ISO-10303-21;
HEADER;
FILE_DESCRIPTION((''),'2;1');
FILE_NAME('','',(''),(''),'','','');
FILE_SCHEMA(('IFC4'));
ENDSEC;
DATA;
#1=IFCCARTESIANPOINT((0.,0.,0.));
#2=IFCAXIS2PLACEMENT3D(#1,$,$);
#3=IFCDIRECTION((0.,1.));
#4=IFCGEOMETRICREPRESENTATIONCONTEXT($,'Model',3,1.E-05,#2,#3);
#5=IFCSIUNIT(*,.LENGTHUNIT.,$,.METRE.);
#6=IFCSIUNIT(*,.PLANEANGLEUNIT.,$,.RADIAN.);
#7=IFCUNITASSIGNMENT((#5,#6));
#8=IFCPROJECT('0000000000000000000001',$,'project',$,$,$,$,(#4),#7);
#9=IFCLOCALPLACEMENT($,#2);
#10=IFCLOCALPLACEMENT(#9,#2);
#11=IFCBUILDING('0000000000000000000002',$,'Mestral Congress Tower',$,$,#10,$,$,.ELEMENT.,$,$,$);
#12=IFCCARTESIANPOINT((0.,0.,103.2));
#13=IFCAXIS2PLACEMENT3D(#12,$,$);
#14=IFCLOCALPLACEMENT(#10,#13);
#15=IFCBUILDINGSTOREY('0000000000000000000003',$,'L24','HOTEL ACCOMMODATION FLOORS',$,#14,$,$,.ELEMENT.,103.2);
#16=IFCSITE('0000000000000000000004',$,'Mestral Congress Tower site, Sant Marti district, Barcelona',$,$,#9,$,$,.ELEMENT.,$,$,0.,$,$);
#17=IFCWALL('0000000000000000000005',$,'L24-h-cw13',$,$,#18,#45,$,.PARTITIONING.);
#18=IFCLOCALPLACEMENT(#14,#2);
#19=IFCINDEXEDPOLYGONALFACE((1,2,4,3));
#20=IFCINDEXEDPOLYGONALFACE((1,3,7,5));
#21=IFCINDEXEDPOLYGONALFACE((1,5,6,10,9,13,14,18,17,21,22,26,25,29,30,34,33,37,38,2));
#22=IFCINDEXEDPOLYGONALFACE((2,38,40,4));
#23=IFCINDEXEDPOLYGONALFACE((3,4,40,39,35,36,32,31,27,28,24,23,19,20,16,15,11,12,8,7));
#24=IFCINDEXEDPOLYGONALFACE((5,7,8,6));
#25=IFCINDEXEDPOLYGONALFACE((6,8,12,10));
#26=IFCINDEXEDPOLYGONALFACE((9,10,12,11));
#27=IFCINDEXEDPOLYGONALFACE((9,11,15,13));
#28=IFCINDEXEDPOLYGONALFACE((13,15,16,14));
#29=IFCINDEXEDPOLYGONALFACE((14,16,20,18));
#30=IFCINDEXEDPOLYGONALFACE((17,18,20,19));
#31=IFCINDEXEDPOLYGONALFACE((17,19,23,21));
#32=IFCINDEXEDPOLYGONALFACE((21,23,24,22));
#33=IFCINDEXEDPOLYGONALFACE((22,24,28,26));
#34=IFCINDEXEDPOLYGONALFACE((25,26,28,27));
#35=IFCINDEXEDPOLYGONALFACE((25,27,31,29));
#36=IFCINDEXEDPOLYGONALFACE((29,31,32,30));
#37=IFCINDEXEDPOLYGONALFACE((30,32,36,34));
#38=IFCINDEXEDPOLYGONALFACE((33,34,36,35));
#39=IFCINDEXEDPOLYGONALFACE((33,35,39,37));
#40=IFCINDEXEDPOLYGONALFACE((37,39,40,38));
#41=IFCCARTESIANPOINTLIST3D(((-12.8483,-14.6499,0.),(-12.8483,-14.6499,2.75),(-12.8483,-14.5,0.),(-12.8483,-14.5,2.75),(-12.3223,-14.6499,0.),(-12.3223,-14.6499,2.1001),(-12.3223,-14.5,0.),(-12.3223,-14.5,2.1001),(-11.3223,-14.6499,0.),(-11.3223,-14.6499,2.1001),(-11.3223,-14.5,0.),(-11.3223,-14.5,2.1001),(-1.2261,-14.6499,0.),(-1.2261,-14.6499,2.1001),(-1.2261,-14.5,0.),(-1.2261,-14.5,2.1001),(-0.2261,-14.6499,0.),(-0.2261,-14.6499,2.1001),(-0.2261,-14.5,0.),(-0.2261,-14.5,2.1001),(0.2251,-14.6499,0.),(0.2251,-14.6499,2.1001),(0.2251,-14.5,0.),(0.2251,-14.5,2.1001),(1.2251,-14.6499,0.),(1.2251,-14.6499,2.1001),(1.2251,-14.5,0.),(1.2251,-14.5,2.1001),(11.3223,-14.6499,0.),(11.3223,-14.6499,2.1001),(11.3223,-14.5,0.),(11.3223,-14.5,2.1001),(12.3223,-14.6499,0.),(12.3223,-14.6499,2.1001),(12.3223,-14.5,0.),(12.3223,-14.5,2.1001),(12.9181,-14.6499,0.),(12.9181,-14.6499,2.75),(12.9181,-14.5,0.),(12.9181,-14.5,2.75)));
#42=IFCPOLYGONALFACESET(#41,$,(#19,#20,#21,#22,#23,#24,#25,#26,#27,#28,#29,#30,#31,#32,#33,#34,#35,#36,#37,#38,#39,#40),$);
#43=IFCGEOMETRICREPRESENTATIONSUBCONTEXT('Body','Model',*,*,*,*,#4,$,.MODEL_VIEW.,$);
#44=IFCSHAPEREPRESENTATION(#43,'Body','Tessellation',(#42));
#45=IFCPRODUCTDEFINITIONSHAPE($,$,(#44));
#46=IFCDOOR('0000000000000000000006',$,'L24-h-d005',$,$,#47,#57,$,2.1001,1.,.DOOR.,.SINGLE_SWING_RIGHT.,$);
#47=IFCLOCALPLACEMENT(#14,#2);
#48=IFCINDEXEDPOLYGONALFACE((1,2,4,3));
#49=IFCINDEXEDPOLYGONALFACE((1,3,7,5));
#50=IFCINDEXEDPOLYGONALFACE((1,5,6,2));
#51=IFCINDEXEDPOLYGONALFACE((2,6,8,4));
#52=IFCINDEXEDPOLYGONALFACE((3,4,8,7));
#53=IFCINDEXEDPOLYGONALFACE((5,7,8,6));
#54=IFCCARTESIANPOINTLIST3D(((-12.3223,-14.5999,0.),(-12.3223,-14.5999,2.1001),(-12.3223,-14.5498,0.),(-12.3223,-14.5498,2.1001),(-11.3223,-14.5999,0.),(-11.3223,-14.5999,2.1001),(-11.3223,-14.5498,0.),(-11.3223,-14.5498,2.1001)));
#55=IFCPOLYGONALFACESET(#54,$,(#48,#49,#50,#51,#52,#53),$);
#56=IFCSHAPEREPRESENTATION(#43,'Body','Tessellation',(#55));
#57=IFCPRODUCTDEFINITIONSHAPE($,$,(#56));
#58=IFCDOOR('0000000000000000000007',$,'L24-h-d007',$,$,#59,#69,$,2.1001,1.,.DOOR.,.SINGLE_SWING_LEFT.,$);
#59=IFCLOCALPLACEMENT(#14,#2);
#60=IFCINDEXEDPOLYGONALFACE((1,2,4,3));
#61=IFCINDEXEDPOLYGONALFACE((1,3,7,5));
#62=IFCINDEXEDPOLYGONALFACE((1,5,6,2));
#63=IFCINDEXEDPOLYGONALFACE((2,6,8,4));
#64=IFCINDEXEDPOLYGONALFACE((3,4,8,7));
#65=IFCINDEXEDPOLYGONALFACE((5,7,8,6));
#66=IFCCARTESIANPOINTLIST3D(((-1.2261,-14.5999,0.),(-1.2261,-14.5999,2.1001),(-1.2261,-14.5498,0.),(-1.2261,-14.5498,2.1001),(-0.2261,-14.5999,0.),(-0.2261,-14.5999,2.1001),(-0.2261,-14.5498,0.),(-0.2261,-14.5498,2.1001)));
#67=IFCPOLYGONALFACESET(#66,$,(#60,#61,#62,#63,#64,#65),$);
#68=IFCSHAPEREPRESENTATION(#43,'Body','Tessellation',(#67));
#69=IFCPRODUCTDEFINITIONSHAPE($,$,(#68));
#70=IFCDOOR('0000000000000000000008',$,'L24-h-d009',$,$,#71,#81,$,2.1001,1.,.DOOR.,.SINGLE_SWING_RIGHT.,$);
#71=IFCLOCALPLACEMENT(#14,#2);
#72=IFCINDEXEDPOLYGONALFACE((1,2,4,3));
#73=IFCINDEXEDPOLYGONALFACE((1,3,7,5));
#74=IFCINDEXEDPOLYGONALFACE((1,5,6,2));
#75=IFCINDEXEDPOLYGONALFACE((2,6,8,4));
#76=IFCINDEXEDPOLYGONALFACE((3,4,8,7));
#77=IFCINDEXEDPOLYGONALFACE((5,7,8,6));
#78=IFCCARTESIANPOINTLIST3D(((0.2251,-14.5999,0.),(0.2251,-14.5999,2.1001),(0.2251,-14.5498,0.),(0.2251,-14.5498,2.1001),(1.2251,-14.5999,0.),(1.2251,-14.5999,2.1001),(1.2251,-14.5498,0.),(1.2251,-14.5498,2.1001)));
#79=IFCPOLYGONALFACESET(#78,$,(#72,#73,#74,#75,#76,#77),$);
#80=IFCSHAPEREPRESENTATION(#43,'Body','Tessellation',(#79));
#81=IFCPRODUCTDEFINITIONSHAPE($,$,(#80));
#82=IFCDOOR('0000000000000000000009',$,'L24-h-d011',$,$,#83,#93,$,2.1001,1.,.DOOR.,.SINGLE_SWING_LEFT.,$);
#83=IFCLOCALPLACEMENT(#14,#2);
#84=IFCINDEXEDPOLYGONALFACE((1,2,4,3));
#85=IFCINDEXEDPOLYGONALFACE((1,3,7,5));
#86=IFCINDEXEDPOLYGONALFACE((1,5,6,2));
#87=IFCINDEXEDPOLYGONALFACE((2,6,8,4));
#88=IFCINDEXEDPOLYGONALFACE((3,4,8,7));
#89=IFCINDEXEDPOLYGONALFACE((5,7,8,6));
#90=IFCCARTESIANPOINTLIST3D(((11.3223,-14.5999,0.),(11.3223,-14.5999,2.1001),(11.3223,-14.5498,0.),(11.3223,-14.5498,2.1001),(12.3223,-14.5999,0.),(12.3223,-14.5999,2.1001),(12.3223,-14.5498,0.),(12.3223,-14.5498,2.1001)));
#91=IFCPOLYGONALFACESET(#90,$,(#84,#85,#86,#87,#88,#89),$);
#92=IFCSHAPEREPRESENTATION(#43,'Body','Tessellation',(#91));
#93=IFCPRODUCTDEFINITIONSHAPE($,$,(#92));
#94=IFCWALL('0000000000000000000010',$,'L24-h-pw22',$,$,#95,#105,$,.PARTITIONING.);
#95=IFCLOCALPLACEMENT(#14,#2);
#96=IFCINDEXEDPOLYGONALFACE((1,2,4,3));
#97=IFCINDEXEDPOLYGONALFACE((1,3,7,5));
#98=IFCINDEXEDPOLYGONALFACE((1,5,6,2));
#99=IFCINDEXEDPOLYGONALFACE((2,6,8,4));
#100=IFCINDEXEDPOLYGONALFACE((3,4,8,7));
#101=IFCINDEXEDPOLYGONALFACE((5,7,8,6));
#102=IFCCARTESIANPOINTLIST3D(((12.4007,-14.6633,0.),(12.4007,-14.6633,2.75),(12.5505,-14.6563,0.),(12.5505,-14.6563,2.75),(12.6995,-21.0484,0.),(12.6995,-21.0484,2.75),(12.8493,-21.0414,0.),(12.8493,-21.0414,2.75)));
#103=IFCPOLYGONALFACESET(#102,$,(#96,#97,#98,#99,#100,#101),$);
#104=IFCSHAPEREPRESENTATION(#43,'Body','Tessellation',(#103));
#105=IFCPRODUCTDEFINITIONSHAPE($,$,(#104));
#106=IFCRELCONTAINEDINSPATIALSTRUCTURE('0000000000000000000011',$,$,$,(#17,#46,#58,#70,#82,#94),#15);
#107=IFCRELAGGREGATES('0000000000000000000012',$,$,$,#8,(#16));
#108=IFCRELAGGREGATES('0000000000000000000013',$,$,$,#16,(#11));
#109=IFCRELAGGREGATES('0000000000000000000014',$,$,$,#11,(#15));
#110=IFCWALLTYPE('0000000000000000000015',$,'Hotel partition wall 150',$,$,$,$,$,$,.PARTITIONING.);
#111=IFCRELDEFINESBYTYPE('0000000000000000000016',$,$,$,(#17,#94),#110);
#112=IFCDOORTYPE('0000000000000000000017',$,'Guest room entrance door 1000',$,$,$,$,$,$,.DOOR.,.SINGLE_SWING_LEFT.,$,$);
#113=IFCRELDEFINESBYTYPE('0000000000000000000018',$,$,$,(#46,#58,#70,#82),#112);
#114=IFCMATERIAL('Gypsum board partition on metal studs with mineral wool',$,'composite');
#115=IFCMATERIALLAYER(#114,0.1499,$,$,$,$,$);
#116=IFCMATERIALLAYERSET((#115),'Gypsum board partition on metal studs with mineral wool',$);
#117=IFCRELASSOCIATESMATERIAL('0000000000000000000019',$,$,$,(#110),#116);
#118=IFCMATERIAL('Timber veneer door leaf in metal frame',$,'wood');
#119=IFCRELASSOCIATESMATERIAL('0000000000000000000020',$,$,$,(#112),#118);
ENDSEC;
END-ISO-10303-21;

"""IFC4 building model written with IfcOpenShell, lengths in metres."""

from ifc_helpers import new_model, si_unit, direction, frame, frame_2d, origin, place, context, subcontext, project, spatial, rectangle, extrude, material, layer, layer_set, type_object, element, fill, save


model = new_model("IFC4")

# Units and contexts
model_context = context("Model", 3, precision=1e-05, world=origin(), true_north=direction((0.0, 1.0)))
body_context = subcontext(model_context, "Body", "Model", "MODEL_VIEW")
ifc_project = project(units=[si_unit("LENGTHUNIT", "METRE"), si_unit("PLANEANGLEUNIT", "RADIAN")], contexts=[model_context])

# Site, building, storey
site_placement = place(None, origin())
site = spatial("IfcSite", under=ifc_project, at=site_placement, Name="Mestral Congress Tower site, Sant Marti district, Barcelona", CompositionType="ELEMENT", RefElevation=0.0)
building_placement = place(site_placement, origin())
building = spatial("IfcBuilding", under=site, at=building_placement, Name="Mestral Congress Tower", CompositionType="ELEMENT")
storey_placement = place(building_placement, frame((0.0, 0.0, 103.2)))
storey = spatial("IfcBuildingStorey", under=building, at=storey_placement, Name="L24", Description="HOTEL ACCOMMODATION FLOORS", CompositionType="ELEMENT", Elevation=103.2)

# Shared definitions
ifc_material_1 = material(Name="Gypsum board partition on metal studs with mineral wool", Category="composite")

# Wall, openings, doors
ifc_layer_1 = layer(ifc_material_1, 0.1499)
ifc_layer_set_1 = layer_set([ifc_layer_1], Name="Gypsum board partition on metal studs with mineral wool")
wall_type_1 = type_object("IfcWallType", Name="Hotel partition wall 150", PredefinedType="PARTITIONING", material=ifc_layer_set_1)
wall_1_placement = place(storey_placement, frame((12.9182, -14.575, 0.0), z_axis=(0.0, 0.0, 1.0), x_axis=(-1.0, 0.0, 0.0)))
wall_1 = element("IfcWall", 1, at=wall_1_placement, inside=storey, type_object=wall_type_1, Name="L24-h-cw13", PredefinedType="PARTITIONING", context=body_context, shape_type="SweptSolid", body=[
    extrude(rectangle(XDim=25.7664, YDim=0.1499, at=frame_2d((12.8833, 0.0))), origin(), (0.0, 0.0, 1.0), 2.75),
])
opening_1_placement = place(wall_1_placement, frame((24.2405, 0.0, 0.0)))
opening_1 = element("IfcOpeningElement", 2, at=opening_1_placement, cuts=wall_1, PredefinedType="OPENING", context=body_context, shape_type="SweptSolid", body=[
    extrude(rectangle(XDim=1.0, YDim=2.1001, at=frame_2d((0.5, 1.05))), frame((0.0, 0.085, 0.0), z_axis=(0.0, -1.0, 0.0), x_axis=(1.0, 0.0, 0.0)), (0.0, 0.0, 1.0), 0.1699),
])
opening_2_placement = place(wall_1_placement, frame((13.1443, 0.0, 0.0)))
opening_2 = element("IfcOpeningElement", 3, at=opening_2_placement, cuts=wall_1, PredefinedType="OPENING", context=body_context, shape_type="SweptSolid", body=[
    extrude(rectangle(XDim=1.0, YDim=2.1001, at=frame_2d((0.5, 1.05))), frame((0.0, 0.085, 0.0), z_axis=(0.0, -1.0, 0.0), x_axis=(1.0, 0.0, 0.0)), (0.0, 0.0, 1.0), 0.1699),
])
opening_3_placement = place(wall_1_placement, frame((11.6931, 0.0, 0.0)))
opening_3 = element("IfcOpeningElement", 4, at=opening_3_placement, cuts=wall_1, PredefinedType="OPENING", context=body_context, shape_type="SweptSolid", body=[
    extrude(rectangle(XDim=1.0, YDim=2.1001, at=frame_2d((0.5, 1.05))), frame((0.0, 0.085, 0.0), z_axis=(0.0, -1.0, 0.0), x_axis=(1.0, 0.0, 0.0)), (0.0, 0.0, 1.0), 0.1699),
])
opening_4_placement = place(wall_1_placement, frame((0.5959, 0.0, 0.0)))
opening_4 = element("IfcOpeningElement", 5, at=opening_4_placement, cuts=wall_1, PredefinedType="OPENING", context=body_context, shape_type="SweptSolid", body=[
    extrude(rectangle(XDim=1.0, YDim=2.1001, at=frame_2d((0.5, 1.05))), frame((0.0, 0.085, 0.0), z_axis=(0.0, -1.0, 0.0), x_axis=(1.0, 0.0, 0.0)), (0.0, 0.0, 1.0), 0.1699),
])
ifc_material_2 = material(Name="Timber veneer door leaf in metal frame", Category="wood")
door_type_1 = type_object("IfcDoorType", Name="Guest room entrance door 1000", OperationType="SINGLE_SWING_LEFT", PredefinedType="DOOR", material=ifc_material_2)
door_1_placement = place(opening_1_placement, origin())
door_1 = element("IfcDoor", 6, at=door_1_placement, inside=storey, type_object=door_type_1, Name="L24-h-d005", OperationType="SINGLE_SWING_RIGHT", OverallHeight=2.1001, OverallWidth=1.0, PredefinedType="DOOR", context=body_context, shape_type="SweptSolid", body=[
    extrude(rectangle(XDim=1.0, YDim=2.1001, at=frame_2d((0.5, 1.05))), frame((0.0, 0.0249, 0.0), z_axis=(0.0, -1.0, 0.0), x_axis=(1.0, 0.0, 0.0)), (0.0, 0.0, 1.0), 0.05),
])
fill(opening_1, door_1)
door_2_placement = place(opening_2_placement, origin())
door_2 = element("IfcDoor", 7, at=door_2_placement, inside=storey, type_object=door_type_1, Name="L24-h-d007", OperationType="SINGLE_SWING_LEFT", OverallHeight=2.1001, OverallWidth=1.0, PredefinedType="DOOR", context=body_context, shape_type="SweptSolid", body=[
    extrude(rectangle(XDim=1.0, YDim=2.1001, at=frame_2d((0.5, 1.05))), frame((0.0, 0.0249, 0.0), z_axis=(0.0, -1.0, 0.0), x_axis=(1.0, 0.0, 0.0)), (0.0, 0.0, 1.0), 0.05),
])
fill(opening_2, door_2)
door_3_placement = place(opening_3_placement, origin())
door_3 = element("IfcDoor", 8, at=door_3_placement, inside=storey, type_object=door_type_1, Name="L24-h-d009", OperationType="SINGLE_SWING_RIGHT", OverallHeight=2.1001, OverallWidth=1.0, PredefinedType="DOOR", context=body_context, shape_type="SweptSolid", body=[
    extrude(rectangle(XDim=1.0, YDim=2.1001, at=frame_2d((0.5, 1.05))), frame((0.0, 0.0249, 0.0), z_axis=(0.0, -1.0, 0.0), x_axis=(1.0, 0.0, 0.0)), (0.0, 0.0, 1.0), 0.05),
])
fill(opening_3, door_3)
door_4_placement = place(opening_4_placement, origin())
door_4 = element("IfcDoor", 9, at=door_4_placement, inside=storey, type_object=door_type_1, Name="L24-h-d011", OperationType="SINGLE_SWING_LEFT", OverallHeight=2.1001, OverallWidth=1.0, PredefinedType="DOOR", context=body_context, shape_type="SweptSolid", body=[
    extrude(rectangle(XDim=1.0, YDim=2.1001, at=frame_2d((0.5, 1.05))), frame((0.0, 0.0249, 0.0), z_axis=(0.0, -1.0, 0.0), x_axis=(1.0, 0.0, 0.0)), (0.0, 0.0, 1.0), 0.05),
])
fill(opening_4, door_4)

# Wall
wall_2_placement = place(storey_placement, frame((12.7744, -21.0449, 0.0), z_axis=(0.0, 0.0, 1.0), x_axis=(-0.04675, 0.998907, 0.0)))
element("IfcWall", 10, at=wall_2_placement, inside=storey, type_object=wall_type_1, Name="L24-h-pw22", PredefinedType="PARTITIONING", context=body_context, shape_type="SweptSolid", body=[
    extrude(rectangle(XDim=6.3921, YDim=0.1499, at=frame_2d((3.196, 0.0))), origin(), (0.0, 0.0, 1.0), 2.75),
])

save(model, "model.ifc")
